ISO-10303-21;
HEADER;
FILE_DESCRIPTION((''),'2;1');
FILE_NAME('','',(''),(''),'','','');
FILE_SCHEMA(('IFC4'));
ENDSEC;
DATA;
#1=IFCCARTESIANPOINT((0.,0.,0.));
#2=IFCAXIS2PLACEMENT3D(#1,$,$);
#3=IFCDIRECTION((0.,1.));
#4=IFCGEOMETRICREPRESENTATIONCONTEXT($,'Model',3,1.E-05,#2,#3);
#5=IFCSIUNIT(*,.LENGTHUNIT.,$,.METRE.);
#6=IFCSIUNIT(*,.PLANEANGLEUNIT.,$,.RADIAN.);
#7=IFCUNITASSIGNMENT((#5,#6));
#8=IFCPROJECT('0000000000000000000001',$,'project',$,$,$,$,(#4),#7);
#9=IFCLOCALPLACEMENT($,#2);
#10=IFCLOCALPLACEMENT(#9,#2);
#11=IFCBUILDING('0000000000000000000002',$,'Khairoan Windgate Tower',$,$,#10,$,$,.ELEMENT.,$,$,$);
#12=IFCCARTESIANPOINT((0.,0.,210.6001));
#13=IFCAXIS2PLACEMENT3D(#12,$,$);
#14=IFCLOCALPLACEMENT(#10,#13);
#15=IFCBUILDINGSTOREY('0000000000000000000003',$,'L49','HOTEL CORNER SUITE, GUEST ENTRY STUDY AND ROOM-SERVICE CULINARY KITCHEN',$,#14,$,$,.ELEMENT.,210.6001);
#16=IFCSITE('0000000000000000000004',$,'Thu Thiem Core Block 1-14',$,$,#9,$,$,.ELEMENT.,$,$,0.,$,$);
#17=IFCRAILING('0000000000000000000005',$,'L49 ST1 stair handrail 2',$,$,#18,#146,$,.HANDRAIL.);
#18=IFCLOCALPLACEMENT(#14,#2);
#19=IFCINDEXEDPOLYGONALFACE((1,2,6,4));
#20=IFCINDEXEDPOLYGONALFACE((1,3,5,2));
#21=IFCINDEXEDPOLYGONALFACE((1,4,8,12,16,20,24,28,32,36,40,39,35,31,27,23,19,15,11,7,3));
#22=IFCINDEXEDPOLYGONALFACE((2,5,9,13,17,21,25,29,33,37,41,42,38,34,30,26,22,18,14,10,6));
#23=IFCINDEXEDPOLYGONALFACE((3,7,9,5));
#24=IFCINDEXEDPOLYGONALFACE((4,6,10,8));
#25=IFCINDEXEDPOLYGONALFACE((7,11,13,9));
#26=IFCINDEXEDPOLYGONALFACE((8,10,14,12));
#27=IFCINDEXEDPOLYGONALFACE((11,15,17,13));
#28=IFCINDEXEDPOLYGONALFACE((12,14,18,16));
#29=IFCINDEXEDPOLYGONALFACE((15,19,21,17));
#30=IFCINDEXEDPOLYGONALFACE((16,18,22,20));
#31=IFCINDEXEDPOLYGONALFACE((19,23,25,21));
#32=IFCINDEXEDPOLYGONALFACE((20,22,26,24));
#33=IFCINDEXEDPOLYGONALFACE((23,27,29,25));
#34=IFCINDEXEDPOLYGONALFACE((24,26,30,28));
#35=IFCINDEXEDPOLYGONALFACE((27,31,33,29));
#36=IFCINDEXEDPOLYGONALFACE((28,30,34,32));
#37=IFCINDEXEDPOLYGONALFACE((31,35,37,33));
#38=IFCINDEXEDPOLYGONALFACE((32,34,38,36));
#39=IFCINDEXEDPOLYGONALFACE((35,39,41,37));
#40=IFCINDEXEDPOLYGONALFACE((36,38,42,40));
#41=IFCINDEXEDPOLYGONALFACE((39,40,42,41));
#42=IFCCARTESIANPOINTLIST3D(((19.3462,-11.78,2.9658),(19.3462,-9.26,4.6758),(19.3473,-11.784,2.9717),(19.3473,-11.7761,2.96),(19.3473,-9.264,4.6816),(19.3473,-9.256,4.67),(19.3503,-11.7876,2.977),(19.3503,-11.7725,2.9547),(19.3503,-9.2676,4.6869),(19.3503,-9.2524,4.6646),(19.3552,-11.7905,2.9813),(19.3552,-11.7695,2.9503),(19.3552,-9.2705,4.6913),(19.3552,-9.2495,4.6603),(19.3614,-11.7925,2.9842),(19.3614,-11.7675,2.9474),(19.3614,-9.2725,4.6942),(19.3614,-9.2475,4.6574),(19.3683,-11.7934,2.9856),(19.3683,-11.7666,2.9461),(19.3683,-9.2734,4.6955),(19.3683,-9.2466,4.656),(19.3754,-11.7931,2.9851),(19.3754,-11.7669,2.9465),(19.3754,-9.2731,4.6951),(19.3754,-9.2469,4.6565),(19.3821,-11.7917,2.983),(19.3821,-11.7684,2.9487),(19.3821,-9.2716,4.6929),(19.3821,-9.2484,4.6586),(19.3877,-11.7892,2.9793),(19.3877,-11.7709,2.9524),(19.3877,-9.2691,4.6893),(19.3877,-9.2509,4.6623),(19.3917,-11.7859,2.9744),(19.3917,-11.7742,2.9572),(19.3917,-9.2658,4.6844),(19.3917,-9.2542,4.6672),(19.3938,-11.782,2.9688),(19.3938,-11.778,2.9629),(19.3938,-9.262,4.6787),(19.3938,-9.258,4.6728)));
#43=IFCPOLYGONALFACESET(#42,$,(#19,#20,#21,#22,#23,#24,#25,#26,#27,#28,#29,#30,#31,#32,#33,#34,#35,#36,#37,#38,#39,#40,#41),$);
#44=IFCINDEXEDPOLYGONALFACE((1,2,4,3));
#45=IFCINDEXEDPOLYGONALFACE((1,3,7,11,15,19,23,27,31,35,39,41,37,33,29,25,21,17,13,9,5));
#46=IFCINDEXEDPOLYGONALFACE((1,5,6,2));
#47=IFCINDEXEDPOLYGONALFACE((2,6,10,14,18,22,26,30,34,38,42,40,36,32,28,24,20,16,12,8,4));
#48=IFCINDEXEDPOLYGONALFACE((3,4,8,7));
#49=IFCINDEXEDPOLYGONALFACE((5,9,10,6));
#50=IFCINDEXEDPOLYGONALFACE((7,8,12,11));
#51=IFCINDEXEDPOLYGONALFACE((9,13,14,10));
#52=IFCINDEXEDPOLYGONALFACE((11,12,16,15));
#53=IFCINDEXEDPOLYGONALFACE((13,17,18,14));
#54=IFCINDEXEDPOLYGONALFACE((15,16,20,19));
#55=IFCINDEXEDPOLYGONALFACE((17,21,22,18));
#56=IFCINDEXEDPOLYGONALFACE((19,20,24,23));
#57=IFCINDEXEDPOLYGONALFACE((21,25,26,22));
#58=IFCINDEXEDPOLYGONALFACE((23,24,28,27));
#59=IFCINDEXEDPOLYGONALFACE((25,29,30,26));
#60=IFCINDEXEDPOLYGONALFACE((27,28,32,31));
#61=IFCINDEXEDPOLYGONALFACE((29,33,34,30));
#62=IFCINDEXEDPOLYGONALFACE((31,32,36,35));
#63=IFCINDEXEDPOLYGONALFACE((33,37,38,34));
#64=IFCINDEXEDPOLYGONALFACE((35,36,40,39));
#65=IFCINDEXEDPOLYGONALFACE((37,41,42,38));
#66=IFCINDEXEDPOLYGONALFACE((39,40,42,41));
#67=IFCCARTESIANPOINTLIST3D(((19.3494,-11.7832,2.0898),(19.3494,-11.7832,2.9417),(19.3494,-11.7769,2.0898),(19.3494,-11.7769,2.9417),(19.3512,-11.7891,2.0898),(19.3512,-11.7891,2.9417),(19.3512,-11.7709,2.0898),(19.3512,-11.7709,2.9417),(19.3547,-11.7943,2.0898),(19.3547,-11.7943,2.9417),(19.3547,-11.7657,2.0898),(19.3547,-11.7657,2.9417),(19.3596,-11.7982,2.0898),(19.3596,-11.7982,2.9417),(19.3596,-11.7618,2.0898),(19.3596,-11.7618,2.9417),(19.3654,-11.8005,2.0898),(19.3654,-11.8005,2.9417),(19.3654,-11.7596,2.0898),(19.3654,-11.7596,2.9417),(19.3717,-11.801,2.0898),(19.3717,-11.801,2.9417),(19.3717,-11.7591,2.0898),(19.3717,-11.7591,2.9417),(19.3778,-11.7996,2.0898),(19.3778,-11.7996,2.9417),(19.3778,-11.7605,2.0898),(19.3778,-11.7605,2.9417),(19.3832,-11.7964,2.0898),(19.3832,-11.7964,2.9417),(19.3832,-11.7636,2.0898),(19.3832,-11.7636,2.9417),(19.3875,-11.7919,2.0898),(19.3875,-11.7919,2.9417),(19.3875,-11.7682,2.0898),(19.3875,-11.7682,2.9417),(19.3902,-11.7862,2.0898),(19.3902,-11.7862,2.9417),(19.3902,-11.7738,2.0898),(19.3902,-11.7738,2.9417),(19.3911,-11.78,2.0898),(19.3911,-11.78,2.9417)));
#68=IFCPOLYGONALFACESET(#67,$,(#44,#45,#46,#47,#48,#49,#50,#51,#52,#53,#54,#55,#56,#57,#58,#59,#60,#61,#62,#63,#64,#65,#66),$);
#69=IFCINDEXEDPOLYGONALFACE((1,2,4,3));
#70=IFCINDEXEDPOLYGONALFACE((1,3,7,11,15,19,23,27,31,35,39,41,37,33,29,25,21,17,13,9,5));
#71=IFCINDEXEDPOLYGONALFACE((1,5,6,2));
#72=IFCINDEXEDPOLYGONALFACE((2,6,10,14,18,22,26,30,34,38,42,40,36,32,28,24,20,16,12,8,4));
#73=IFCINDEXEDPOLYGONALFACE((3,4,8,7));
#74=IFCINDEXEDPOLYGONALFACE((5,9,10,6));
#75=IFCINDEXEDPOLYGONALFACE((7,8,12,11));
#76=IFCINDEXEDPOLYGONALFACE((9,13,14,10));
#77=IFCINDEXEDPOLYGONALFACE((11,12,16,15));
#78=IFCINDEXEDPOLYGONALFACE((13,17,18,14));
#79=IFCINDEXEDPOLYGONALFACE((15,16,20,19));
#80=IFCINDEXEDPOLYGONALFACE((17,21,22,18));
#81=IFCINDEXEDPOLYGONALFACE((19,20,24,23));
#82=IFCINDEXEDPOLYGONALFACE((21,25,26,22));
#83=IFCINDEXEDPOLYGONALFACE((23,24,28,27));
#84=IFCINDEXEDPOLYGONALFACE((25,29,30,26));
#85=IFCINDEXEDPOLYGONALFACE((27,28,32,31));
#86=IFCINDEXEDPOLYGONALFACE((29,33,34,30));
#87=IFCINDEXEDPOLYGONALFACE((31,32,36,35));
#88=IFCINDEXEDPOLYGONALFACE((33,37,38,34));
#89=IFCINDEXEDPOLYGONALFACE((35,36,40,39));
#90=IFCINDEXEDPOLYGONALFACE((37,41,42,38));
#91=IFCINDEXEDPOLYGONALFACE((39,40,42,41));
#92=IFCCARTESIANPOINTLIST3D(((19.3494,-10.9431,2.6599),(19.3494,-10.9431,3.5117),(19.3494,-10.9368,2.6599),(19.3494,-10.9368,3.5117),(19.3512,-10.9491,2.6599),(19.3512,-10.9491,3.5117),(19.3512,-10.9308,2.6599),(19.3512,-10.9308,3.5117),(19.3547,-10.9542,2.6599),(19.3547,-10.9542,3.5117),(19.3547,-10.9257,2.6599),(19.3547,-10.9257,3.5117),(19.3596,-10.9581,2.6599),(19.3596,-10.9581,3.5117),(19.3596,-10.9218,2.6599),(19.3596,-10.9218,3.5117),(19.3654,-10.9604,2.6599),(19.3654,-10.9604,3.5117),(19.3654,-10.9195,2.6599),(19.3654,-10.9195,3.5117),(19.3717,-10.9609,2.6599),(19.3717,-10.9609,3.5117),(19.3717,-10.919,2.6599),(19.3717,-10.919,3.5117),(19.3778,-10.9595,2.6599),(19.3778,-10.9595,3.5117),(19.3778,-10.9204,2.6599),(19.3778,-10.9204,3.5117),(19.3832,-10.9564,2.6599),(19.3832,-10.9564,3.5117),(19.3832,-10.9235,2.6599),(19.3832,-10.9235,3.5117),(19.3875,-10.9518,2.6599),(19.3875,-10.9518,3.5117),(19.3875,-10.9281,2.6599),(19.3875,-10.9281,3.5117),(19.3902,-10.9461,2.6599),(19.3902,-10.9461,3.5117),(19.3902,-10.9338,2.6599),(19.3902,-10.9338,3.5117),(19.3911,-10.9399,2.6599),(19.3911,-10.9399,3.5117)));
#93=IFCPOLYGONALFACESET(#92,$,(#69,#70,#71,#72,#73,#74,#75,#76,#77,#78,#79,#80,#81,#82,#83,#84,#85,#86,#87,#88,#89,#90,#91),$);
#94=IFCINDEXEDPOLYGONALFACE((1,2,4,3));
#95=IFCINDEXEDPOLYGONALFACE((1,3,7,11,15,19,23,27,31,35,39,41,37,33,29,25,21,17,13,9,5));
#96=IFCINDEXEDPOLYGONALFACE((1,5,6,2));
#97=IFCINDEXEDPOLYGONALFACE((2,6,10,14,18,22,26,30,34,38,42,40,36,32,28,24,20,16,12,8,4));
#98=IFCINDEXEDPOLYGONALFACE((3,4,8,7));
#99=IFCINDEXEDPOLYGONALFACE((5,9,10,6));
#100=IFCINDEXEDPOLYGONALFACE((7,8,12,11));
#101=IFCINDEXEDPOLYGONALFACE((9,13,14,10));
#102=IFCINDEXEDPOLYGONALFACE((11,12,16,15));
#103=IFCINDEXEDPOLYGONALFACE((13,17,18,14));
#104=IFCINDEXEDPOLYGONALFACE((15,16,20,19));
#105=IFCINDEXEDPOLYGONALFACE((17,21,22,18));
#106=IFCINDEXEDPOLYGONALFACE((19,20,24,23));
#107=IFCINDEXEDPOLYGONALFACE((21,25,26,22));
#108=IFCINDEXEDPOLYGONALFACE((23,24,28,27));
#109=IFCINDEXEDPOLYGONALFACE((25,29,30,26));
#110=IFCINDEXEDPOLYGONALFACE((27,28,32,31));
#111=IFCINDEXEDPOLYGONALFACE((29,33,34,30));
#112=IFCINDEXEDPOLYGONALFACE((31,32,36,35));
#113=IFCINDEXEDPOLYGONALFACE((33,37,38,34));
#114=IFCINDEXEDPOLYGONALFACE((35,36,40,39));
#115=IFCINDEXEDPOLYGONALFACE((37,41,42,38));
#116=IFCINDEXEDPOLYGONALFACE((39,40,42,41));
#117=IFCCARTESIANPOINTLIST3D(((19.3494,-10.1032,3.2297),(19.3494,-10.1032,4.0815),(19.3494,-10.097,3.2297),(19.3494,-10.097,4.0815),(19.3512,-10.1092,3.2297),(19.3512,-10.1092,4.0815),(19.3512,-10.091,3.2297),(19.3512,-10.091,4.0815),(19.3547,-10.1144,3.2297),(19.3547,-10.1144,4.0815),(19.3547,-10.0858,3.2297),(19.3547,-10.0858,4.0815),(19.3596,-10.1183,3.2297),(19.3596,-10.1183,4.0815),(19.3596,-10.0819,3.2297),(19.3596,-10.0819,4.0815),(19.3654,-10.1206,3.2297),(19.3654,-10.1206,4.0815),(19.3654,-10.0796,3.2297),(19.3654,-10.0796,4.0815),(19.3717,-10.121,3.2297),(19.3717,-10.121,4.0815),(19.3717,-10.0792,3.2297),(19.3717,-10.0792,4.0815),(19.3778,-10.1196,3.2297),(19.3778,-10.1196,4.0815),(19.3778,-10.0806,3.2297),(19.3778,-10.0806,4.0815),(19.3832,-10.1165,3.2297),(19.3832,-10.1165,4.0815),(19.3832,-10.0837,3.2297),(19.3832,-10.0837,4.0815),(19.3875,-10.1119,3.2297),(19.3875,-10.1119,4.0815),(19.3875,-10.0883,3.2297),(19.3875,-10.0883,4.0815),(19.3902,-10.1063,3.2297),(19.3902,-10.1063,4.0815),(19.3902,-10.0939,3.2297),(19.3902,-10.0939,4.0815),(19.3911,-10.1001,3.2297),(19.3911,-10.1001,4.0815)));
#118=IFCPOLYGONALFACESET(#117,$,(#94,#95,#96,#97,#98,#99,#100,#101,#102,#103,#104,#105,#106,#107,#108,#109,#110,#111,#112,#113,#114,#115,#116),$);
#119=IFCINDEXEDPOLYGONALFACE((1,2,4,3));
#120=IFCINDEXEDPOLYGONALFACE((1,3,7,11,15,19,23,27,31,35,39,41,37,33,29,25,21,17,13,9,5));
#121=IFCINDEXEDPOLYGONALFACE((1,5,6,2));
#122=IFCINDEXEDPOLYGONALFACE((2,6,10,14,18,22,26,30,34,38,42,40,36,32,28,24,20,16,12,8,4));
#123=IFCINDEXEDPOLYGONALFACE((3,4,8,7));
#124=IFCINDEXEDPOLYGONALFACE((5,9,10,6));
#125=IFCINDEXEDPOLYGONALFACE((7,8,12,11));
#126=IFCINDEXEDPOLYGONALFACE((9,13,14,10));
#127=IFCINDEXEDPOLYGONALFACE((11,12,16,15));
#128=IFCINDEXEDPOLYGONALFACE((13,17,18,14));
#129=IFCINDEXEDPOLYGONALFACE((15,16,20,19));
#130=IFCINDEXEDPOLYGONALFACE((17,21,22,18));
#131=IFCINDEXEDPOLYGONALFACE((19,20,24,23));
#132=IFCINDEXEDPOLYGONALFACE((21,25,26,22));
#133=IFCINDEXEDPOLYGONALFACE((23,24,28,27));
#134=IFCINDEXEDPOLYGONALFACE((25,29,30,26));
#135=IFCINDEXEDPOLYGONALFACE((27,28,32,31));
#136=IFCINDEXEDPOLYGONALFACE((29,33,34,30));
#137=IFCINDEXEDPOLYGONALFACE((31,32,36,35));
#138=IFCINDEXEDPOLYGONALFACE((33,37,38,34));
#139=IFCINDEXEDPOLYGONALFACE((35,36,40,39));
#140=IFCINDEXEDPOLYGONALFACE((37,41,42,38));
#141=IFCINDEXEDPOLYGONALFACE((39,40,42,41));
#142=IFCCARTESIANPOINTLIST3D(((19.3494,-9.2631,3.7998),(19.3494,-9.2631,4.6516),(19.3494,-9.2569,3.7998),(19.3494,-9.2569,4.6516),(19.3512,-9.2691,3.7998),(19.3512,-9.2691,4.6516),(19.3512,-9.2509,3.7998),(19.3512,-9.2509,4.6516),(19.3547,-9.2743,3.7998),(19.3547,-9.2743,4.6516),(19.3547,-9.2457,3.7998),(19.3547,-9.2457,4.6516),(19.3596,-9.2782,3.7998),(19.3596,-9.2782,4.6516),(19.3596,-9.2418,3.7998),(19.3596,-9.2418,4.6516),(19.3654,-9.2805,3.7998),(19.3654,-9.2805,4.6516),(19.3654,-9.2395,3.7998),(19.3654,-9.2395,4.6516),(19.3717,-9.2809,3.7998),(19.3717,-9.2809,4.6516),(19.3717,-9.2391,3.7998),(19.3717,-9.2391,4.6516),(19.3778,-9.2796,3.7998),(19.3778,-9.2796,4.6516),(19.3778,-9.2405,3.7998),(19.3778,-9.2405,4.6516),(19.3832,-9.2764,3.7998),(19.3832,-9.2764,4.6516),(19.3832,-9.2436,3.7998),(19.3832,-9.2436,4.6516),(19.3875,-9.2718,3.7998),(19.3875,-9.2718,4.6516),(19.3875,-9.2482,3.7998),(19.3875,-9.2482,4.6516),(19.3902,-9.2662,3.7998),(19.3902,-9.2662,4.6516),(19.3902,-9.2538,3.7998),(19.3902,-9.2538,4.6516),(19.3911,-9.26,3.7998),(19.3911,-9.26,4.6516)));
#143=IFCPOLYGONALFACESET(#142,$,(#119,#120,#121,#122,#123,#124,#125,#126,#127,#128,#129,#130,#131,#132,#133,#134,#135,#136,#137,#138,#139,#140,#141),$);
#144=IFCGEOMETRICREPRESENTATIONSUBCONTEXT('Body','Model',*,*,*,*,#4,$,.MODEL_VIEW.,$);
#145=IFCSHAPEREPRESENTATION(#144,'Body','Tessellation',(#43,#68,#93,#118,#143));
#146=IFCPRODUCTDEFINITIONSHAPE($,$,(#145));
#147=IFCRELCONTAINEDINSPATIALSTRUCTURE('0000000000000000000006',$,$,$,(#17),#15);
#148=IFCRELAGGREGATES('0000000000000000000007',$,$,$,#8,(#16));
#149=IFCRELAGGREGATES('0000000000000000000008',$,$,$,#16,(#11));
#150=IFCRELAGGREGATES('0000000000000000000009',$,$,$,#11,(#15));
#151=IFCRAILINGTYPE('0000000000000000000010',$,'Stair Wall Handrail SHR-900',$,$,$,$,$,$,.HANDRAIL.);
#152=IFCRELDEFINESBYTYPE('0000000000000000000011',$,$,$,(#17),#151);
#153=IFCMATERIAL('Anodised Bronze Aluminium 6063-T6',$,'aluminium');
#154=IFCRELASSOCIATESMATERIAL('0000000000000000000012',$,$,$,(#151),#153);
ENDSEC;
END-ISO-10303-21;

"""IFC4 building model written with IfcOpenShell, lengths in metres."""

from ifc_helpers import new_model, si_unit, direction, frame, origin, origin_2d, place, context, subcontext, project, spatial, circle, extrude, material, type_object, element, save


model = new_model("IFC4")

# Units and contexts
model_context = context("Model", 3, precision=1e-05, world=origin(), true_north=direction((0.0, 1.0)))
body_context = subcontext(model_context, "Body", "Model", "MODEL_VIEW")
ifc_project = project(units=[si_unit("LENGTHUNIT", "METRE"), si_unit("PLANEANGLEUNIT", "RADIAN")], contexts=[model_context])

# Site, building, storey
site_placement = place(None, origin())
site = spatial("IfcSite", under=ifc_project, at=site_placement, Name="Thu Thiem Core Block 1-14", CompositionType="ELEMENT", RefElevation=0.0)
building_placement = place(site_placement, origin())
building = spatial("IfcBuilding", under=site, at=building_placement, Name="Khairoan Windgate Tower", CompositionType="ELEMENT")
storey_placement = place(building_placement, frame((0.0, 0.0, 210.6001)))
storey = spatial("IfcBuildingStorey", under=building, at=storey_placement, Name="L49", Description="HOTEL CORNER SUITE, GUEST ENTRY STUDY AND ROOM-SERVICE CULINARY KITCHEN", CompositionType="ELEMENT", Elevation=210.6001)

# Railing
ifc_material_1 = material(Name="Anodised Bronze Aluminium 6063-T6", Category="aluminium")
railing_type_1 = type_object("IfcRailingType", Name="Stair Wall Handrail SHR-900", PredefinedType="HANDRAIL", material=ifc_material_1)
railing_1_placement = place(storey_placement, frame((19.3701, -11.78, 2.0898)))
element("IfcRailing", 1, at=railing_1_placement, inside=storey, type_object=railing_type_1, Name="L49 ST1 stair handrail 2", PredefinedType="HANDRAIL", context=body_context, shape_type="SweptSolid", body=[
    extrude(circle(Radius=0.0239, at=origin_2d()), frame((0.0, 0.0, 0.876), z_axis=(0.0, 0.827484, 0.56149), x_axis=(-1.0, 0.0, 0.0)), (0.0, 0.0, 1.0), 3.0454),
    extrude(circle(Radius=0.021, at=origin_2d()), origin(), (0.0, 0.0, 1.0), 0.8518),
    extrude(circle(Radius=0.021, at=origin_2d()), frame((0.0, 0.8401, 0.5701)), (0.0, 0.0, 1.0), 0.8518),
    extrude(circle(Radius=0.021, at=origin_2d()), frame((0.0, 1.6799, 1.1399)), (0.0, 0.0, 1.0), 0.8518),
    extrude(circle(Radius=0.021, at=origin_2d()), frame((0.0, 2.52, 1.71)), (0.0, 0.0, 1.0), 0.8518),
])

save(model, "model.ifc")
